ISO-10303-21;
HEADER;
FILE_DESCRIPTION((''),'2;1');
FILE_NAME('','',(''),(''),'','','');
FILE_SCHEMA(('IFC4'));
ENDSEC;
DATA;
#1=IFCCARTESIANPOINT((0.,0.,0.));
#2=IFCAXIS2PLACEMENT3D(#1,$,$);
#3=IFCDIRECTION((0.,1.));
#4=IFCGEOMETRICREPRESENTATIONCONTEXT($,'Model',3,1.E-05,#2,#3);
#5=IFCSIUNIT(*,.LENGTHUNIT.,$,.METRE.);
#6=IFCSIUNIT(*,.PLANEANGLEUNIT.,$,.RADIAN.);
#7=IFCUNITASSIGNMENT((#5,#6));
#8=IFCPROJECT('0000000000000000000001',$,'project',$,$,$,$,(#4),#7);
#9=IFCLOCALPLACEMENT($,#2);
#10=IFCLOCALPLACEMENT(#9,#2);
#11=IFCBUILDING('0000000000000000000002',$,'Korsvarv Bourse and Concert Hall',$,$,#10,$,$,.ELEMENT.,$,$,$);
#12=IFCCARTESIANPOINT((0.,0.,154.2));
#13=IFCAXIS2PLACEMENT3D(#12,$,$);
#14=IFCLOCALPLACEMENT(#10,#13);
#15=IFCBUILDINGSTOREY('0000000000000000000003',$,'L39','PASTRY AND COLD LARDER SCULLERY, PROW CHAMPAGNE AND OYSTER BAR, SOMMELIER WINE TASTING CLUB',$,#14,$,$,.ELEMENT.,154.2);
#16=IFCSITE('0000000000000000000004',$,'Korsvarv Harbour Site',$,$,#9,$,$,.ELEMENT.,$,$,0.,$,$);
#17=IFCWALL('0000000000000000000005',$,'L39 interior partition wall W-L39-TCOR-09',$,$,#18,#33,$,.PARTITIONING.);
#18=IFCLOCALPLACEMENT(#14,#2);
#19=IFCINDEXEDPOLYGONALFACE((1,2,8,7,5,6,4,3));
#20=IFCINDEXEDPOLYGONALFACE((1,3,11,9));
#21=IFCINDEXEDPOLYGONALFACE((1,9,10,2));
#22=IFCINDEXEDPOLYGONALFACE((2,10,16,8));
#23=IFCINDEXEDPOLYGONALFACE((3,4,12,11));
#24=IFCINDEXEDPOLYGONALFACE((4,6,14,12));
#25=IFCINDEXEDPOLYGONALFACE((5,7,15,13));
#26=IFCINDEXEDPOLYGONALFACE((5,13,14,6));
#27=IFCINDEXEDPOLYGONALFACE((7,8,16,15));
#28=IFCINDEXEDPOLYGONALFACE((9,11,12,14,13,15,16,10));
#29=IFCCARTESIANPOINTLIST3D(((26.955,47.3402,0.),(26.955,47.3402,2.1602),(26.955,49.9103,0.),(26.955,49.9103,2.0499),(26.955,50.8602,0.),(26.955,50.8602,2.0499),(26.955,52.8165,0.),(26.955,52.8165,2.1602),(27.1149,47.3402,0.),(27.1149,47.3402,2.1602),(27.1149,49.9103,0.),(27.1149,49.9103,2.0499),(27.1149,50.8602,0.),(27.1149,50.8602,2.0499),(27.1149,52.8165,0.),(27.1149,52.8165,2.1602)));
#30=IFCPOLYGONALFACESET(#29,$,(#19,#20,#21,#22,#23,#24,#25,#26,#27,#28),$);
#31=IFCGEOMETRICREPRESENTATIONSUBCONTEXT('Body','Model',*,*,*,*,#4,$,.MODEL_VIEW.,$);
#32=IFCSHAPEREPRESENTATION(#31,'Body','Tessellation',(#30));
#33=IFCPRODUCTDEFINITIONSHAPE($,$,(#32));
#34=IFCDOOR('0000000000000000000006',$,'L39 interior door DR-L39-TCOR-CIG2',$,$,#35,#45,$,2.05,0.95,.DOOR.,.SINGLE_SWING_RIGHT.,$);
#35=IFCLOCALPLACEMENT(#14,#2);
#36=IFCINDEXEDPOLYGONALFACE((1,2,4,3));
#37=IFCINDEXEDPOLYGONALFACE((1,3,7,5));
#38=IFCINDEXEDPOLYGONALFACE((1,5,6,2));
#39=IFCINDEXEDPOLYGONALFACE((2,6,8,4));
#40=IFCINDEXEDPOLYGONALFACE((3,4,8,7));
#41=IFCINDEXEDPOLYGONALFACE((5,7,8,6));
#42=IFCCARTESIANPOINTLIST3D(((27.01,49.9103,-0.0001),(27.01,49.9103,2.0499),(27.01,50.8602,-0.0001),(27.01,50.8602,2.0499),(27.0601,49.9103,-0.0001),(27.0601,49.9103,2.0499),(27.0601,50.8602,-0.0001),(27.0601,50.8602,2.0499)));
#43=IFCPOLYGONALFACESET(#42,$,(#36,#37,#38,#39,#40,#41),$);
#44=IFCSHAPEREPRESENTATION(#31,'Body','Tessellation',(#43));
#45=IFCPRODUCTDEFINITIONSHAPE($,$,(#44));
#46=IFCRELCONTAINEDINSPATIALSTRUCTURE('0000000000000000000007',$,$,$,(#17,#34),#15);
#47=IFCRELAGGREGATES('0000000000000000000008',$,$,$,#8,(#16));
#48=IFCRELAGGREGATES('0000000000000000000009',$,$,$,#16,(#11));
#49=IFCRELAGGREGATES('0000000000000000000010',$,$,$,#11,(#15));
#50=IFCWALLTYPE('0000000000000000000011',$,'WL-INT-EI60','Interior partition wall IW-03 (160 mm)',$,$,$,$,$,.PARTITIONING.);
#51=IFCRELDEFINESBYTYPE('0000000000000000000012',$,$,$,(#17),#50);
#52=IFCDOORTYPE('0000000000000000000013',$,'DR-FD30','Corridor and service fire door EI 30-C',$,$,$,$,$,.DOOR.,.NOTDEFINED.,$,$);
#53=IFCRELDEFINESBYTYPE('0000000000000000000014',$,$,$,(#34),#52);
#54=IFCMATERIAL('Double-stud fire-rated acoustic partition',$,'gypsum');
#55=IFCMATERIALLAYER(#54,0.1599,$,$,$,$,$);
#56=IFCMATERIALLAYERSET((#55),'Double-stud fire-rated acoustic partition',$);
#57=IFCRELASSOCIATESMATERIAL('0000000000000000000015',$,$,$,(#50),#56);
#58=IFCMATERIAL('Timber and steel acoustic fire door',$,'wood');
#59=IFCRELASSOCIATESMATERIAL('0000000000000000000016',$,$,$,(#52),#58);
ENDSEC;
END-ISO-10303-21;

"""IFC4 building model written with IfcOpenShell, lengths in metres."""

from ifc_helpers import new_model, si_unit, direction, frame, frame_2d, origin, place, context, subcontext, project, spatial, rectangle, extrude, material, layer, layer_set, type_object, element, fill, save


model = new_model("IFC4")

# Units and contexts
model_context = context("Model", 3, precision=1e-05, world=origin(), true_north=direction((0.0, 1.0)))
body_context = subcontext(model_context, "Body", "Model", "MODEL_VIEW")
ifc_project = project(units=[si_unit("LENGTHUNIT", "METRE"), si_unit("PLANEANGLEUNIT", "RADIAN")], contexts=[model_context])

# Site, building, storey
site_placement = place(None, origin())
site = spatial("IfcSite", under=ifc_project, at=site_placement, Name="Korsvarv Harbour Site", CompositionType="ELEMENT", RefElevation=0.0)
building_placement = place(site_placement, origin())
building = spatial("IfcBuilding", under=site, at=building_placement, Name="Korsvarv Bourse and Concert Hall", CompositionType="ELEMENT")
storey_placement = place(building_placement, frame((0.0, 0.0, 154.2)))
storey = spatial("IfcBuildingStorey", under=building, at=storey_placement, Name="L39", Description="PASTRY AND COLD LARDER SCULLERY, PROW CHAMPAGNE AND OYSTER BAR, SOMMELIER WINE TASTING CLUB", CompositionType="ELEMENT", Elevation=154.2)

# Wall, opening, door
ifc_material_1 = material(Name="Double-stud fire-rated acoustic partition", Category="gypsum")
ifc_layer_1 = layer(ifc_material_1, 0.1599)
ifc_layer_set_1 = layer_set([ifc_layer_1], Name="Double-stud fire-rated acoustic partition")
wall_type_1 = type_object("IfcWallType", Name="WL-INT-EI60", Description="Interior partition wall IW-03 (160 mm)", PredefinedType="PARTITIONING", material=ifc_layer_set_1)
wall_1_placement = place(storey_placement, frame((27.0349, 47.3401, 0.0), z_axis=(0.0, 0.0, 1.0), x_axis=(0.0, 1.0, 0.0)))
wall_1 = element("IfcWall", 1, at=wall_1_placement, inside=storey, type_object=wall_type_1, Name="L39 interior partition wall W-L39-TCOR-09", PredefinedType="PARTITIONING", context=body_context, shape_type="SweptSolid", body=[
    extrude(rectangle(XDim=5.4763, YDim=0.1599, at=frame_2d((2.7383, 0.0))), origin(), (0.0, 0.0, 1.0), 2.1602),
])
opening_placement = place(wall_1_placement, frame((2.5701, 0.0, 0.0)))
opening = element("IfcOpeningElement", 2, at=opening_placement, cuts=wall_1, PredefinedType="OPENING", context=body_context, shape_type="SweptSolid", body=[
    extrude(rectangle(XDim=0.95, YDim=2.05, at=frame_2d((0.4751, 1.0249))), frame((0.0, 0.0898, 0.0), z_axis=(0.0, -1.0, 0.0), x_axis=(1.0, 0.0, 0.0)), (0.0, 0.0, 1.0), 0.1799),
])
ifc_material_2 = material(Name="Timber and steel acoustic fire door", Category="wood")
door_type = type_object("IfcDoorType", Name="DR-FD30", Description="Corridor and service fire door EI 30-C", OperationType="NOTDEFINED", PredefinedType="DOOR", material=ifc_material_2)
door_placement = place(opening_placement, origin())
door = element("IfcDoor", 3, at=door_placement, inside=storey, type_object=door_type, Name="L39 interior door DR-L39-TCOR-CIG2", OperationType="SINGLE_SWING_RIGHT", OverallHeight=2.05, OverallWidth=0.95, PredefinedType="DOOR", context=body_context, shape_type="SweptSolid", body=[
    extrude(rectangle(XDim=0.95, YDim=2.05, at=frame_2d((0.4751, 1.0249))), frame((0.0, 0.0249, 0.0), z_axis=(0.0, -1.0, 0.0), x_axis=(1.0, 0.0, 0.0)), (0.0, 0.0, 1.0), 0.05),
])
fill(opening, door)

save(model, "model.ifc")
